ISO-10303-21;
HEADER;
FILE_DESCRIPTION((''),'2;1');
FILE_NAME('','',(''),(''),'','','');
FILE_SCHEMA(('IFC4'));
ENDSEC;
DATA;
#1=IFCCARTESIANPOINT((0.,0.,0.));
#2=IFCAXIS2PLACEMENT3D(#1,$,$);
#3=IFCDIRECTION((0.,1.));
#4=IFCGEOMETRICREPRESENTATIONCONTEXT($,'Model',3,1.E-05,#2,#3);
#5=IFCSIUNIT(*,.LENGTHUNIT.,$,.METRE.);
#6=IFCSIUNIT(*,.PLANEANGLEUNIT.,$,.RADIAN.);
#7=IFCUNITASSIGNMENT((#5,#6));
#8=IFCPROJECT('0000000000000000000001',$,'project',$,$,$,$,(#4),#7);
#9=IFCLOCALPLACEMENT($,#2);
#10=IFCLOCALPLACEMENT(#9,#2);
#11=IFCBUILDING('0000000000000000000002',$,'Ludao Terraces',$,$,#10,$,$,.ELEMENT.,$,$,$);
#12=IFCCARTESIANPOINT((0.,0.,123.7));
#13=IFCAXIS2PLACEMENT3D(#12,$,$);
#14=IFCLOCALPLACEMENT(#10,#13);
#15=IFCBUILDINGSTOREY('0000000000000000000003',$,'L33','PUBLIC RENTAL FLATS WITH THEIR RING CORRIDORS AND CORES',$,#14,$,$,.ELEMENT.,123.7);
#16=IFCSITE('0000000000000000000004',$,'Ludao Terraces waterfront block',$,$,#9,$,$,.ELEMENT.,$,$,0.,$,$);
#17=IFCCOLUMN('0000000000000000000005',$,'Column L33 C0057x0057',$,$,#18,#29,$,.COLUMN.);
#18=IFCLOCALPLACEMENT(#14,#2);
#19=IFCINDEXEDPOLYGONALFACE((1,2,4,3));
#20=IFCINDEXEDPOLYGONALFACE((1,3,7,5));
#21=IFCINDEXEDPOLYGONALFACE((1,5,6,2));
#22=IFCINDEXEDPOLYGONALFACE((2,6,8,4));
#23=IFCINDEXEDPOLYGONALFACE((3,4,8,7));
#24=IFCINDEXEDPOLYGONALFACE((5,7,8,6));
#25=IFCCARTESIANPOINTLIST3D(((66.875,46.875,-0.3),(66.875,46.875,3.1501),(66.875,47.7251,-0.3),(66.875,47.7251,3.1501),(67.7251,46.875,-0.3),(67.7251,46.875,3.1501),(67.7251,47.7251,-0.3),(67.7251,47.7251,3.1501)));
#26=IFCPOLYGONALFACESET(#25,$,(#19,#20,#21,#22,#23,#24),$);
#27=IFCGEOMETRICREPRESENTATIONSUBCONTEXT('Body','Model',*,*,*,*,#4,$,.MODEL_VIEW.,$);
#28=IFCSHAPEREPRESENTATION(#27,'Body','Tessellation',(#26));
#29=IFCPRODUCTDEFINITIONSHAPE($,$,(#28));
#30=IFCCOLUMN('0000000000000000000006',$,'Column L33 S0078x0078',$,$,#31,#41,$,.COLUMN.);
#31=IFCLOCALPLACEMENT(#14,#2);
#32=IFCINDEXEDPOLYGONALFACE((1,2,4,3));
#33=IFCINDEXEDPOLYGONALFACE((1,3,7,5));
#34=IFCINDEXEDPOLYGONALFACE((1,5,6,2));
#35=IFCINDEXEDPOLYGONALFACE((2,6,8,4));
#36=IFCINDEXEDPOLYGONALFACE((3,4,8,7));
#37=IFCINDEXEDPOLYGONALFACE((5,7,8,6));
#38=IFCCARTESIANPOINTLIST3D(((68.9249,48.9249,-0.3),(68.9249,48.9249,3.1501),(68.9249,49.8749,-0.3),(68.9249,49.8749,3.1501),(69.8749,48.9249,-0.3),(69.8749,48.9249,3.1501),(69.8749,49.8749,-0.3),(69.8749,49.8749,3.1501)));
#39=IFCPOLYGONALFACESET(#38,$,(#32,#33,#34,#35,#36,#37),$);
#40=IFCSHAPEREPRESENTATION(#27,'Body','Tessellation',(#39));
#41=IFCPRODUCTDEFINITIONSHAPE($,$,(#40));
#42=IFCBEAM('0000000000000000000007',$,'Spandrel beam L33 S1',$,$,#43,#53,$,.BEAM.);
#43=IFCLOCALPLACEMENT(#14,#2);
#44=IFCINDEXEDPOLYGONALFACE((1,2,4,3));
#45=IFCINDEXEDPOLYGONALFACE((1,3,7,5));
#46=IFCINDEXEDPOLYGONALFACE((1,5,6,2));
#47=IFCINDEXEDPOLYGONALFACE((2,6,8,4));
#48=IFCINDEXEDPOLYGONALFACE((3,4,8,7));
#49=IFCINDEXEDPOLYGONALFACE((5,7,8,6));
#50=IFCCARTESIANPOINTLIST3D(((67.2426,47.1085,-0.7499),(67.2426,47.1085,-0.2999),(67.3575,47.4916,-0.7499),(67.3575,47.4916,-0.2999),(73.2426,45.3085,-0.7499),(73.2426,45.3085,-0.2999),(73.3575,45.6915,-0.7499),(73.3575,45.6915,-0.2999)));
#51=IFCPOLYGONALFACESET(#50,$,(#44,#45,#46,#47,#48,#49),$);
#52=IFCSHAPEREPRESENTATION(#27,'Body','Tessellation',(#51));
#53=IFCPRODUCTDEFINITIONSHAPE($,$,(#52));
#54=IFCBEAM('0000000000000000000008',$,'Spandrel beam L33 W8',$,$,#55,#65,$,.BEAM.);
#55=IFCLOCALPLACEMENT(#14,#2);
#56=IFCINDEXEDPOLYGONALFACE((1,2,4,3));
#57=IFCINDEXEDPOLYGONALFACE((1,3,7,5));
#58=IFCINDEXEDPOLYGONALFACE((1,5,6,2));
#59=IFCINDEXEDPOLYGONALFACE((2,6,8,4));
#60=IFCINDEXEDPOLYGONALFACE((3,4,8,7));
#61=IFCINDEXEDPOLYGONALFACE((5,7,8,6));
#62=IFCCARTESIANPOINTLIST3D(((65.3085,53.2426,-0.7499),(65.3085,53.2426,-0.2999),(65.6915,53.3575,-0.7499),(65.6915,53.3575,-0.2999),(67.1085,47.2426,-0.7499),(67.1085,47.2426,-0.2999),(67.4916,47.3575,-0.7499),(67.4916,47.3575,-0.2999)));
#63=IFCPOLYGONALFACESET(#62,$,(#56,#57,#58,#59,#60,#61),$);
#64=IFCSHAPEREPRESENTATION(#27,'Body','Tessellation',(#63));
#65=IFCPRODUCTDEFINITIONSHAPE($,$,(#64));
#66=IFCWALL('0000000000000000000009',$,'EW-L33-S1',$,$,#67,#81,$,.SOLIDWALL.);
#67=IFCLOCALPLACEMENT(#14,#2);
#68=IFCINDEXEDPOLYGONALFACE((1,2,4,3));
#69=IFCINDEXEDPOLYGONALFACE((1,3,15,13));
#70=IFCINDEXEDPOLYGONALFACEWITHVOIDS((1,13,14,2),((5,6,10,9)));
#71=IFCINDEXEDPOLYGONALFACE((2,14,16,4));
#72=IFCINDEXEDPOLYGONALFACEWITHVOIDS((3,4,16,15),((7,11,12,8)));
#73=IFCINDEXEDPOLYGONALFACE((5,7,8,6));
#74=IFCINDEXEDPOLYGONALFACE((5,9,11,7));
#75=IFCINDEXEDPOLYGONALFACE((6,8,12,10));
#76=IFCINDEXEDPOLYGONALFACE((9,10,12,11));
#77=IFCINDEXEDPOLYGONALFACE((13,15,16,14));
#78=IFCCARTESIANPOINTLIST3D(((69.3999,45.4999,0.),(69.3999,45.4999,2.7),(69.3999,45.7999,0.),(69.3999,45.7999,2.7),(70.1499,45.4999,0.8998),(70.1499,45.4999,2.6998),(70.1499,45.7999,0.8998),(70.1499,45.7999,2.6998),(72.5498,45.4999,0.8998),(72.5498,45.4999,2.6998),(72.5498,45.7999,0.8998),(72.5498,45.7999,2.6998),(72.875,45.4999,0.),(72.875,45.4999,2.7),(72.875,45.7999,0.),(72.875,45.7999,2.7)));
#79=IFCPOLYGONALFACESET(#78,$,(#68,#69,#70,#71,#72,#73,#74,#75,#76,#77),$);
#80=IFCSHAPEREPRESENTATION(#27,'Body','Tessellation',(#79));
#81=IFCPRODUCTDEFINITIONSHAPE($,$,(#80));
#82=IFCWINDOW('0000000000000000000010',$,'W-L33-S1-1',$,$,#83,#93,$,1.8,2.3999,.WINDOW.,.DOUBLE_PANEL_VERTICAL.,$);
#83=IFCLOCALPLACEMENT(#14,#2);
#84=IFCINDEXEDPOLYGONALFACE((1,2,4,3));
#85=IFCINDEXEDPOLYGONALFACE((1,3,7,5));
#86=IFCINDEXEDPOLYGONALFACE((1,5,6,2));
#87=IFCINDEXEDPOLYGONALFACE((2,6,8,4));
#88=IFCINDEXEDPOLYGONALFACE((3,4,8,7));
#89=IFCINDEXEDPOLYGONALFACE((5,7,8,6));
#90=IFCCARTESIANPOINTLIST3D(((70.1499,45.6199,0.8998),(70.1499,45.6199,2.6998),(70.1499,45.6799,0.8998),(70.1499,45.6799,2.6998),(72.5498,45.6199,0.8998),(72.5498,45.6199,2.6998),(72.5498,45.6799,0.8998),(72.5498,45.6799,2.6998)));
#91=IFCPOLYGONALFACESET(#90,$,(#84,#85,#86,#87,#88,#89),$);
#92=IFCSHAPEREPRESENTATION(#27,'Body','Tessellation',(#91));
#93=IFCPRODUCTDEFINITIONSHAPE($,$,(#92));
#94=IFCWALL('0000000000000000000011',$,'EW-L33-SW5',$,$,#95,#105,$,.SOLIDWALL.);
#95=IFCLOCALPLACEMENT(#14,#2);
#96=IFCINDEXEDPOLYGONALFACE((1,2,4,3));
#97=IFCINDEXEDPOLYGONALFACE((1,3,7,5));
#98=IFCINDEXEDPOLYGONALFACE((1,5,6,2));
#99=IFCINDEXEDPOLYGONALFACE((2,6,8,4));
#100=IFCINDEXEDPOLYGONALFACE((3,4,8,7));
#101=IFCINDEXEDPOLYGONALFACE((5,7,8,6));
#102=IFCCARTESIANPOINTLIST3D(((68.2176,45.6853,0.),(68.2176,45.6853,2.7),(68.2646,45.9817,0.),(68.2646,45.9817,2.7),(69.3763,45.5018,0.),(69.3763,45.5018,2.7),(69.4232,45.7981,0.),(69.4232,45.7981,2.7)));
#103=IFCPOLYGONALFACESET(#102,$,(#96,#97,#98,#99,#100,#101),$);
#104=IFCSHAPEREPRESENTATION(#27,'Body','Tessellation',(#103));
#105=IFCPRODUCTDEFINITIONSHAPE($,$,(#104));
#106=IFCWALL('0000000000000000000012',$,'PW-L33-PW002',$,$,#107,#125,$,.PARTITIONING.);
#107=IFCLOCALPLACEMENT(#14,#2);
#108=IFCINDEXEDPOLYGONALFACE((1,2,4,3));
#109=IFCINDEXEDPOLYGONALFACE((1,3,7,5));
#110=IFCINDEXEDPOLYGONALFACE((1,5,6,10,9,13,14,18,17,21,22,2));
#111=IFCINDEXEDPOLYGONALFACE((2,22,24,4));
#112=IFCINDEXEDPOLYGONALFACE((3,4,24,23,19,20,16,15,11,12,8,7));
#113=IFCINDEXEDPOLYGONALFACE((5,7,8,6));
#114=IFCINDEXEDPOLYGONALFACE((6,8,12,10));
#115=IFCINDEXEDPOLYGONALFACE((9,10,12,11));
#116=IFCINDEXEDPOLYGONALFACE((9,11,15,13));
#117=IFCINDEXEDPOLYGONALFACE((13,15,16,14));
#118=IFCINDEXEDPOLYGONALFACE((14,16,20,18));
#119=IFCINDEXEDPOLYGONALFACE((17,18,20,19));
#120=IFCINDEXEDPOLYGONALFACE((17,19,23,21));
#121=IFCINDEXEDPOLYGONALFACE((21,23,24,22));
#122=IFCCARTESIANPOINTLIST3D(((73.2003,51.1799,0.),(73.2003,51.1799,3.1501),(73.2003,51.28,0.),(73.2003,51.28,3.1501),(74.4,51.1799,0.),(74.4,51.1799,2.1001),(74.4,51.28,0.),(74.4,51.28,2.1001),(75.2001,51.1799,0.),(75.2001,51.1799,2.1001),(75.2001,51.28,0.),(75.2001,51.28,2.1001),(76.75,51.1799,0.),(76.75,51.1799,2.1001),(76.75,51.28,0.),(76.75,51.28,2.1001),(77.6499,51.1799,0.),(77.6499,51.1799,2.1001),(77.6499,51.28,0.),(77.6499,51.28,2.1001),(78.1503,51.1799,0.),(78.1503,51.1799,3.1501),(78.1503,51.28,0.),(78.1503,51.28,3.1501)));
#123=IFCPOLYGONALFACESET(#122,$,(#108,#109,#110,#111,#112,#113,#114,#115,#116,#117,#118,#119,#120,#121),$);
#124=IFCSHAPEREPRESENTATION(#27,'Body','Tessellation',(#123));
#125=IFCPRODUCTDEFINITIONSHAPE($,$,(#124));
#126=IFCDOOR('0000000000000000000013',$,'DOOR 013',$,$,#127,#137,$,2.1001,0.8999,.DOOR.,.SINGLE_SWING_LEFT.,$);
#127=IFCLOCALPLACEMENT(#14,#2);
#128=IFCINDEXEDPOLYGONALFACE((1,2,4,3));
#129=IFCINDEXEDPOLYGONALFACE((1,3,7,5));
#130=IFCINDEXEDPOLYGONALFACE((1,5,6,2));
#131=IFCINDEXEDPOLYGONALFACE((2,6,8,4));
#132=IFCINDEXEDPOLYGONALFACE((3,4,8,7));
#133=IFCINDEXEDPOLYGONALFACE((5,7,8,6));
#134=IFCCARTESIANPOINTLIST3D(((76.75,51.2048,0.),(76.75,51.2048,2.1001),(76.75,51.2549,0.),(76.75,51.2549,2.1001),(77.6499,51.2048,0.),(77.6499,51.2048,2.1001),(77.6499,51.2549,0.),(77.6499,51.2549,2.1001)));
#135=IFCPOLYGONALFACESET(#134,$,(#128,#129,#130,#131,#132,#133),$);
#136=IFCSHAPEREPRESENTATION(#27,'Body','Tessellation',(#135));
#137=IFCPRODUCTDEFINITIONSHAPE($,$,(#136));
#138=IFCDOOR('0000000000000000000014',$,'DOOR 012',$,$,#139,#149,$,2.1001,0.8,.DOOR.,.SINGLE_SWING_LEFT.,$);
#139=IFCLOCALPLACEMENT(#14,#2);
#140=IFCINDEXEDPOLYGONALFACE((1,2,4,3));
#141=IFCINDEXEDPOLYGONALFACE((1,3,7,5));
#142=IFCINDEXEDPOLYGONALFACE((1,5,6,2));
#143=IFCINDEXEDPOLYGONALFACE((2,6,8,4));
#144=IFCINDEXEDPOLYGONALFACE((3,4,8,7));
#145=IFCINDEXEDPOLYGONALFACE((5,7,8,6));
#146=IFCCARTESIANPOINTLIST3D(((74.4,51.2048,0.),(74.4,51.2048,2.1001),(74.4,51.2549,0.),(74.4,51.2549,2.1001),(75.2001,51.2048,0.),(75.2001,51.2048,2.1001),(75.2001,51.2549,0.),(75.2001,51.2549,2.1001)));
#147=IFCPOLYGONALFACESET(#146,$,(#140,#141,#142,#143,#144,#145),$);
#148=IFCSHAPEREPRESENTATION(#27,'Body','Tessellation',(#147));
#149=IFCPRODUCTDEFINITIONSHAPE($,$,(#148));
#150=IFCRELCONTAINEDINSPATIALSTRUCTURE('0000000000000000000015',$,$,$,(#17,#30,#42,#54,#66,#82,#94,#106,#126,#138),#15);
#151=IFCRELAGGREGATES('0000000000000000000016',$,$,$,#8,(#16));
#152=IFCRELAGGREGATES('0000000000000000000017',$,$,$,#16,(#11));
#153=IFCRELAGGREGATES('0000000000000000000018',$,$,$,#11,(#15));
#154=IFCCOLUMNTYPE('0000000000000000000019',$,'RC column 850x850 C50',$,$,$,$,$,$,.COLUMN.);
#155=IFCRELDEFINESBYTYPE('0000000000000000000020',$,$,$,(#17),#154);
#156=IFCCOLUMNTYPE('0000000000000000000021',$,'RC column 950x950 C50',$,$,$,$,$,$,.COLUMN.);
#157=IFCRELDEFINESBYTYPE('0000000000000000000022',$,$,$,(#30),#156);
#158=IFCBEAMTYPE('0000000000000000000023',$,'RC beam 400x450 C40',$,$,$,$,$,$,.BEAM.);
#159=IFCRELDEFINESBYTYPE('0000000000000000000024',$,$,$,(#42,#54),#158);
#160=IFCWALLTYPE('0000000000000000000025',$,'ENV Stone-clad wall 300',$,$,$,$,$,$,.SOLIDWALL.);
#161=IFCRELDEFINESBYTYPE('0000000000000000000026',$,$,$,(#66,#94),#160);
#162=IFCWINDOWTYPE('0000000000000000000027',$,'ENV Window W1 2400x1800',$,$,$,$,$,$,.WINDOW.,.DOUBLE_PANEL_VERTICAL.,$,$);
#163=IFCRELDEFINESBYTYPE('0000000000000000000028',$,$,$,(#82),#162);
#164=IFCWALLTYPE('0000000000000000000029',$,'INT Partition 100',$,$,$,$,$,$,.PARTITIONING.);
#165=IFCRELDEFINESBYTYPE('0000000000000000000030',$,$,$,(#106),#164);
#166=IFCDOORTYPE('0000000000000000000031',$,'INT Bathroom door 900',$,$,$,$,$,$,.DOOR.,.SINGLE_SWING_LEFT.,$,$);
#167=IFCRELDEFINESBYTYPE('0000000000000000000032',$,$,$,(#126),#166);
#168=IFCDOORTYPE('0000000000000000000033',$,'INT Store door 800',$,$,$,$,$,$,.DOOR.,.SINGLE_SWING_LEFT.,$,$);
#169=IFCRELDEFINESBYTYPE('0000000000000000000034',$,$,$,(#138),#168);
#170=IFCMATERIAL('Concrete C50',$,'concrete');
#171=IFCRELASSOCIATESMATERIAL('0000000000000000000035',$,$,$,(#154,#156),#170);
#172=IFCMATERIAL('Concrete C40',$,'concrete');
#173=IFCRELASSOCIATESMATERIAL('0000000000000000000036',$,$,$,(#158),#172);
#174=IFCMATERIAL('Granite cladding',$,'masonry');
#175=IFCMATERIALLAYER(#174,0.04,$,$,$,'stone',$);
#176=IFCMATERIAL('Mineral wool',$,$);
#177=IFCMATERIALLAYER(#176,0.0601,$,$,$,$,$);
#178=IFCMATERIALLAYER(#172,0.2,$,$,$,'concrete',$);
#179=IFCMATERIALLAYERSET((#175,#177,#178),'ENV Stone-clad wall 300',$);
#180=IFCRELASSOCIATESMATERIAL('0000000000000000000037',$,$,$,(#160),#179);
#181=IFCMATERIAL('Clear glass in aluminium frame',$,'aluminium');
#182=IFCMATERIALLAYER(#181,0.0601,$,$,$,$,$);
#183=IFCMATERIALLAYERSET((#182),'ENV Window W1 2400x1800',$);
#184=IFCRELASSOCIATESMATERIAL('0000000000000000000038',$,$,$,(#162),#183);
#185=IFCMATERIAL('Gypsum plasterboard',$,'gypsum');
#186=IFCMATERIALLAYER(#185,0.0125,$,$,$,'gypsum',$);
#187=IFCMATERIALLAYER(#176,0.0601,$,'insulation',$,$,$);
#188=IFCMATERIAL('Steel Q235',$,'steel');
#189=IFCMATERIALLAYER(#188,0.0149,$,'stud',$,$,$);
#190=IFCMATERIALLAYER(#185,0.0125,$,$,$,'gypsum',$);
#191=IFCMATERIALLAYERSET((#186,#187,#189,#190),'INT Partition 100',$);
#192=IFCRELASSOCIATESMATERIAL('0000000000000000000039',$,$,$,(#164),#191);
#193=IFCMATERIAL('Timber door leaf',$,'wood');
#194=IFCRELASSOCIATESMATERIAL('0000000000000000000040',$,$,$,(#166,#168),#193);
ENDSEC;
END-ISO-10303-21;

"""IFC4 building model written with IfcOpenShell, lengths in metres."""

from ifc_helpers import new_model, si_unit, direction, frame, frame_2d, origin, origin_2d, place, context, subcontext, project, spatial, rectangle, extrude, material, layer, layer_set, material_profile, profile_set, type_object, element, fill, save


model = new_model("IFC4")

# Units and contexts
model_context = context("Model", 3, precision=1e-05, world=origin(), true_north=direction((0.0, 1.0)))
body_context = subcontext(model_context, "Body", "Model", "MODEL_VIEW")
ifc_project = project(units=[si_unit("LENGTHUNIT", "METRE"), si_unit("PLANEANGLEUNIT", "RADIAN")], contexts=[model_context])

# Site, building, storey
site_placement = place(None, origin())
site = spatial("IfcSite", under=ifc_project, at=site_placement, Name="Ludao Terraces waterfront block", CompositionType="ELEMENT", RefElevation=0.0)
building_placement = place(site_placement, origin())
building = spatial("IfcBuilding", under=site, at=building_placement, Name="Ludao Terraces", CompositionType="ELEMENT")
storey_placement = place(building_placement, frame((0.0, 0.0, 123.7)))
storey = spatial("IfcBuildingStorey", under=building, at=storey_placement, Name="L33", Description="PUBLIC RENTAL FLATS WITH THEIR RING CORRIDORS AND CORES", CompositionType="ELEMENT", Elevation=123.7)

# Columns
ifc_material_1 = material(Name="Concrete C50", Category="concrete")
ifc_material_profile_1 = material_profile(ifc_material_1, rectangle(XDim=0.8501, YDim=0.8501, at=origin_2d()), Name="850 X 850")
ifc_profile_set_1 = profile_set([ifc_material_profile_1], Name="Concrete C50")
column_type_1 = type_object("IfcColumnType", Name="RC column 850x850 C50", PredefinedType="COLUMN", material=ifc_profile_set_1)
column_1_placement = place(storey_placement, frame((67.3, 47.3, -0.3), z_axis=(0.0, 0.0, 1.0), x_axis=(1.0, 0.0, 0.0)))
element("IfcColumn", 1, at=column_1_placement, inside=storey, type_object=column_type_1, Name="Column L33 C0057x0057", PredefinedType="COLUMN", context=body_context, shape_type="SweptSolid", body=[
    extrude(rectangle(XDim=0.8501, YDim=0.8501, at=origin_2d()), origin(), (0.0, 0.0, 1.0), 3.4502),
])
ifc_material_profile_2 = material_profile(ifc_material_1, rectangle(XDim=0.95, YDim=0.95, at=origin_2d()), Name="950 X 950")
ifc_profile_set_2 = profile_set([ifc_material_profile_2], Name="Concrete C50")
column_type_2 = type_object("IfcColumnType", Name="RC column 950x950 C50", PredefinedType="COLUMN", material=ifc_profile_set_2)
column_2_placement = place(storey_placement, frame((69.3999, 49.3999, -0.3), z_axis=(0.0, 0.0, 1.0), x_axis=(1.0, 0.0, 0.0)))
element("IfcColumn", 2, at=column_2_placement, inside=storey, type_object=column_type_2, Name="Column L33 S0078x0078", PredefinedType="COLUMN", context=body_context, shape_type="SweptSolid", body=[
    extrude(rectangle(XDim=0.95, YDim=0.95, at=origin_2d()), origin(), (0.0, 0.0, 1.0), 3.4502),
])

# Beams
ifc_material_2 = material(Name="Concrete C40", Category="concrete")
ifc_material_profile_3 = material_profile(ifc_material_2, rectangle(XDim=0.3999, YDim=0.45, at=origin_2d()), Name="400 X 450")
ifc_profile_set_3 = profile_set([ifc_material_profile_3], Name="Concrete C40")
beam_type = type_object("IfcBeamType", Name="RC beam 400x450 C40", PredefinedType="BEAM", material=ifc_profile_set_3)
for number, where, z_axis, x_axis, name in (
    (3, (67.3, 47.3, -0.5249), (0.957824, -0.287355, 0.0), (0.287355, 0.957824, 0.0), "Spandrel beam L33 S1"),
    (4, (67.3, 47.3, -0.5249), (-0.287355, 0.957824, 0.0), (-0.957824, -0.287355, 0.0), "Spandrel beam L33 W8"),
):
    element("IfcBeam", number, at=place(storey_placement, frame(where, z_axis=z_axis, x_axis=x_axis)), inside=storey, type_object=beam_type, Name=name, PredefinedType="BEAM", context=body_context, shape_type="SweptSolid", body=[
        extrude(rectangle(XDim=0.3999, YDim=0.45, at=origin_2d()), origin(), (0.0, 0.0, 1.0), 6.2642),
    ])

# Wall, opening, window
ifc_material_3 = material(Name="Granite cladding", Category="masonry")
ifc_layer_1 = layer(ifc_material_3, 0.04, Category="stone")
ifc_material_4 = material(Name="Mineral wool")
ifc_layer_2 = layer(ifc_material_4, 0.0601)
ifc_layer_3 = layer(ifc_material_2, 0.2, Category="concrete")
ifc_layer_set_1 = layer_set([ifc_layer_1, ifc_layer_2, ifc_layer_3], Name="ENV Stone-clad wall 300")
wall_type_1 = type_object("IfcWallType", Name="ENV Stone-clad wall 300", PredefinedType="SOLIDWALL", material=ifc_layer_set_1)
wall_1_placement = place(storey_placement, frame((69.3999, 45.6499, 0.0), z_axis=(0.0, 0.0, 1.0), x_axis=(1.0, 0.0, 0.0)))
wall_1 = element("IfcWall", 5, at=wall_1_placement, inside=storey, type_object=wall_type_1, Name="EW-L33-S1", PredefinedType="SOLIDWALL", context=body_context, shape_type="SweptSolid", body=[
    extrude(rectangle(XDim=3.4751, YDim=0.3, at=frame_2d((1.7375, 0.0))), origin(), (0.0, 0.0, 1.0), 2.7),
])
opening_1_placement = place(wall_1_placement, frame((0.75, 0.0, 0.8999)))
opening_1 = element("IfcOpeningElement", 6, at=opening_1_placement, cuts=wall_1, PredefinedType="OPENING", context=body_context, shape_type="SweptSolid", body=[
    extrude(rectangle(XDim=2.3999, YDim=1.8, at=frame_2d((1.2, 0.8999))), frame((0.0, 0.1602, 0.0), z_axis=(0.0, -1.0, 0.0), x_axis=(1.0, 0.0, 0.0)), (0.0, 0.0, 1.0), 0.3201),
])
ifc_material_5 = material(Name="Clear glass in aluminium frame", Category="aluminium")
ifc_layer_4 = layer(ifc_material_5, 0.0601)
ifc_layer_set_2 = layer_set([ifc_layer_4], Name="ENV Window W1 2400x1800")
window_type = type_object("IfcWindowType", Name="ENV Window W1 2400x1800", PartitioningType="DOUBLE_PANEL_VERTICAL", PredefinedType="WINDOW", material=ifc_layer_set_2)
window_placement = place(opening_1_placement, origin())
window = element("IfcWindow", 7, at=window_placement, inside=storey, type_object=window_type, Name="W-L33-S1-1", OverallHeight=1.8, OverallWidth=2.3999, PartitioningType="DOUBLE_PANEL_VERTICAL", PredefinedType="WINDOW", context=body_context, shape_type="SweptSolid", body=[
    extrude(rectangle(XDim=2.3999, YDim=1.8, at=frame_2d((1.2, 0.8999))), frame((0.0, 0.03, 0.0), z_axis=(0.0, -1.0, 0.0), x_axis=(1.0, 0.0, 0.0)), (0.0, 0.0, 1.0), 0.0601),
])
fill(opening_1, window)

# Wall
wall_2_placement = place(storey_placement, frame((68.2412, 45.8335, 0.0), z_axis=(0.0, 0.0, 1.0), x_axis=(0.987678, -0.156497, 0.0)))
element("IfcWall", 8, at=wall_2_placement, inside=storey, type_object=wall_type_1, Name="EW-L33-SW5", PredefinedType="SOLIDWALL", context=body_context, shape_type="SweptSolid", body=[
    extrude(rectangle(XDim=1.1731, YDim=0.3, at=frame_2d((0.5864, 0.0))), origin(), (0.0, 0.0, 1.0), 2.7),
])

# Wall, openings, doors
ifc_material_6 = material(Name="Gypsum plasterboard", Category="gypsum")
ifc_layer_5 = layer(ifc_material_6, 0.0125, Category="gypsum")
ifc_layer_6 = layer(ifc_material_4, 0.0601, Name="insulation")
ifc_material_7 = material(Name="Steel Q235", Category="steel")
ifc_layer_7 = layer(ifc_material_7, 0.0149, Name="stud")
ifc_layer_8 = layer(ifc_material_6, 0.0125, Category="gypsum")
ifc_layer_set_3 = layer_set([ifc_layer_5, ifc_layer_6, ifc_layer_7, ifc_layer_8], Name="INT Partition 100")
wall_type_2 = type_object("IfcWallType", Name="INT Partition 100", PredefinedType="PARTITIONING", material=ifc_layer_set_3)
wall_3_placement = place(storey_placement, frame((73.2002, 51.23, 0.0), z_axis=(0.0, 0.0, 1.0), x_axis=(1.0, 0.0, 0.0)))
wall_3 = element("IfcWall", 9, at=wall_3_placement, inside=storey, type_object=wall_type_2, Name="PW-L33-PW002", PredefinedType="PARTITIONING", context=body_context, shape_type="SweptSolid", body=[
    extrude(rectangle(XDim=4.95, YDim=0.1001, at=frame_2d((2.4751, 0.0))), origin(), (0.0, 0.0, 1.0), 3.1501),
])
opening_2_placement = place(wall_3_placement, frame((1.2, 0.0, 0.0)))
opening_2 = element("IfcOpeningElement", 10, at=opening_2_placement, cuts=wall_3, PredefinedType="OPENING", context=body_context, shape_type="SweptSolid", body=[
    extrude(rectangle(XDim=0.8, YDim=2.1001, at=frame_2d((0.3999, 1.05))), frame((0.0, 0.0601, 0.0), z_axis=(0.0, -1.0, 0.0), x_axis=(1.0, 0.0, 0.0)), (0.0, 0.0, 1.0), 0.1201),
])
opening_3_placement = place(wall_3_placement, frame((3.5498, 0.0, 0.0)))
opening_3 = element("IfcOpeningElement", 11, at=opening_3_placement, cuts=wall_3, PredefinedType="OPENING", context=body_context, shape_type="SweptSolid", body=[
    extrude(rectangle(XDim=0.8999, YDim=2.1001, at=frame_2d((0.45, 1.05))), frame((0.0, 0.0601, 0.0), z_axis=(0.0, -1.0, 0.0), x_axis=(1.0, 0.0, 0.0)), (0.0, 0.0, 1.0), 0.1201),
])
ifc_material_8 = material(Name="Timber door leaf", Category="wood")
door_type_1 = type_object("IfcDoorType", Name="INT Bathroom door 900", OperationType="SINGLE_SWING_LEFT", PredefinedType="DOOR", material=ifc_material_8)
door_1_placement = place(opening_3_placement, origin())
door_1 = element("IfcDoor", 12, at=door_1_placement, inside=storey, type_object=door_type_1, Name="DOOR 013", OperationType="SINGLE_SWING_LEFT", OverallHeight=2.1001, OverallWidth=0.8999, PredefinedType="DOOR", context=body_context, shape_type="SweptSolid", body=[
    extrude(rectangle(XDim=0.8999, YDim=2.1001, at=frame_2d((0.45, 1.05))), frame((0.0, 0.0249, 0.0), z_axis=(0.0, -1.0, 0.0), x_axis=(1.0, 0.0, 0.0)), (0.0, 0.0, 1.0), 0.05),
])
fill(opening_3, door_1)
door_type_2 = type_object("IfcDoorType", Name="INT Store door 800", OperationType="SINGLE_SWING_LEFT", PredefinedType="DOOR", material=ifc_material_8)
door_2_placement = place(opening_2_placement, origin())
door_2 = element("IfcDoor", 13, at=door_2_placement, inside=storey, type_object=door_type_2, Name="DOOR 012", OperationType="SINGLE_SWING_LEFT", OverallHeight=2.1001, OverallWidth=0.8, PredefinedType="DOOR", context=body_context, shape_type="SweptSolid", body=[
    extrude(rectangle(XDim=0.8, YDim=2.1001, at=frame_2d((0.3999, 1.05))), frame((0.0, 0.0249, 0.0), z_axis=(0.0, -1.0, 0.0), x_axis=(1.0, 0.0, 0.0)), (0.0, 0.0, 1.0), 0.05),
])
fill(opening_2, door_2)

save(model, "model.ifc")
